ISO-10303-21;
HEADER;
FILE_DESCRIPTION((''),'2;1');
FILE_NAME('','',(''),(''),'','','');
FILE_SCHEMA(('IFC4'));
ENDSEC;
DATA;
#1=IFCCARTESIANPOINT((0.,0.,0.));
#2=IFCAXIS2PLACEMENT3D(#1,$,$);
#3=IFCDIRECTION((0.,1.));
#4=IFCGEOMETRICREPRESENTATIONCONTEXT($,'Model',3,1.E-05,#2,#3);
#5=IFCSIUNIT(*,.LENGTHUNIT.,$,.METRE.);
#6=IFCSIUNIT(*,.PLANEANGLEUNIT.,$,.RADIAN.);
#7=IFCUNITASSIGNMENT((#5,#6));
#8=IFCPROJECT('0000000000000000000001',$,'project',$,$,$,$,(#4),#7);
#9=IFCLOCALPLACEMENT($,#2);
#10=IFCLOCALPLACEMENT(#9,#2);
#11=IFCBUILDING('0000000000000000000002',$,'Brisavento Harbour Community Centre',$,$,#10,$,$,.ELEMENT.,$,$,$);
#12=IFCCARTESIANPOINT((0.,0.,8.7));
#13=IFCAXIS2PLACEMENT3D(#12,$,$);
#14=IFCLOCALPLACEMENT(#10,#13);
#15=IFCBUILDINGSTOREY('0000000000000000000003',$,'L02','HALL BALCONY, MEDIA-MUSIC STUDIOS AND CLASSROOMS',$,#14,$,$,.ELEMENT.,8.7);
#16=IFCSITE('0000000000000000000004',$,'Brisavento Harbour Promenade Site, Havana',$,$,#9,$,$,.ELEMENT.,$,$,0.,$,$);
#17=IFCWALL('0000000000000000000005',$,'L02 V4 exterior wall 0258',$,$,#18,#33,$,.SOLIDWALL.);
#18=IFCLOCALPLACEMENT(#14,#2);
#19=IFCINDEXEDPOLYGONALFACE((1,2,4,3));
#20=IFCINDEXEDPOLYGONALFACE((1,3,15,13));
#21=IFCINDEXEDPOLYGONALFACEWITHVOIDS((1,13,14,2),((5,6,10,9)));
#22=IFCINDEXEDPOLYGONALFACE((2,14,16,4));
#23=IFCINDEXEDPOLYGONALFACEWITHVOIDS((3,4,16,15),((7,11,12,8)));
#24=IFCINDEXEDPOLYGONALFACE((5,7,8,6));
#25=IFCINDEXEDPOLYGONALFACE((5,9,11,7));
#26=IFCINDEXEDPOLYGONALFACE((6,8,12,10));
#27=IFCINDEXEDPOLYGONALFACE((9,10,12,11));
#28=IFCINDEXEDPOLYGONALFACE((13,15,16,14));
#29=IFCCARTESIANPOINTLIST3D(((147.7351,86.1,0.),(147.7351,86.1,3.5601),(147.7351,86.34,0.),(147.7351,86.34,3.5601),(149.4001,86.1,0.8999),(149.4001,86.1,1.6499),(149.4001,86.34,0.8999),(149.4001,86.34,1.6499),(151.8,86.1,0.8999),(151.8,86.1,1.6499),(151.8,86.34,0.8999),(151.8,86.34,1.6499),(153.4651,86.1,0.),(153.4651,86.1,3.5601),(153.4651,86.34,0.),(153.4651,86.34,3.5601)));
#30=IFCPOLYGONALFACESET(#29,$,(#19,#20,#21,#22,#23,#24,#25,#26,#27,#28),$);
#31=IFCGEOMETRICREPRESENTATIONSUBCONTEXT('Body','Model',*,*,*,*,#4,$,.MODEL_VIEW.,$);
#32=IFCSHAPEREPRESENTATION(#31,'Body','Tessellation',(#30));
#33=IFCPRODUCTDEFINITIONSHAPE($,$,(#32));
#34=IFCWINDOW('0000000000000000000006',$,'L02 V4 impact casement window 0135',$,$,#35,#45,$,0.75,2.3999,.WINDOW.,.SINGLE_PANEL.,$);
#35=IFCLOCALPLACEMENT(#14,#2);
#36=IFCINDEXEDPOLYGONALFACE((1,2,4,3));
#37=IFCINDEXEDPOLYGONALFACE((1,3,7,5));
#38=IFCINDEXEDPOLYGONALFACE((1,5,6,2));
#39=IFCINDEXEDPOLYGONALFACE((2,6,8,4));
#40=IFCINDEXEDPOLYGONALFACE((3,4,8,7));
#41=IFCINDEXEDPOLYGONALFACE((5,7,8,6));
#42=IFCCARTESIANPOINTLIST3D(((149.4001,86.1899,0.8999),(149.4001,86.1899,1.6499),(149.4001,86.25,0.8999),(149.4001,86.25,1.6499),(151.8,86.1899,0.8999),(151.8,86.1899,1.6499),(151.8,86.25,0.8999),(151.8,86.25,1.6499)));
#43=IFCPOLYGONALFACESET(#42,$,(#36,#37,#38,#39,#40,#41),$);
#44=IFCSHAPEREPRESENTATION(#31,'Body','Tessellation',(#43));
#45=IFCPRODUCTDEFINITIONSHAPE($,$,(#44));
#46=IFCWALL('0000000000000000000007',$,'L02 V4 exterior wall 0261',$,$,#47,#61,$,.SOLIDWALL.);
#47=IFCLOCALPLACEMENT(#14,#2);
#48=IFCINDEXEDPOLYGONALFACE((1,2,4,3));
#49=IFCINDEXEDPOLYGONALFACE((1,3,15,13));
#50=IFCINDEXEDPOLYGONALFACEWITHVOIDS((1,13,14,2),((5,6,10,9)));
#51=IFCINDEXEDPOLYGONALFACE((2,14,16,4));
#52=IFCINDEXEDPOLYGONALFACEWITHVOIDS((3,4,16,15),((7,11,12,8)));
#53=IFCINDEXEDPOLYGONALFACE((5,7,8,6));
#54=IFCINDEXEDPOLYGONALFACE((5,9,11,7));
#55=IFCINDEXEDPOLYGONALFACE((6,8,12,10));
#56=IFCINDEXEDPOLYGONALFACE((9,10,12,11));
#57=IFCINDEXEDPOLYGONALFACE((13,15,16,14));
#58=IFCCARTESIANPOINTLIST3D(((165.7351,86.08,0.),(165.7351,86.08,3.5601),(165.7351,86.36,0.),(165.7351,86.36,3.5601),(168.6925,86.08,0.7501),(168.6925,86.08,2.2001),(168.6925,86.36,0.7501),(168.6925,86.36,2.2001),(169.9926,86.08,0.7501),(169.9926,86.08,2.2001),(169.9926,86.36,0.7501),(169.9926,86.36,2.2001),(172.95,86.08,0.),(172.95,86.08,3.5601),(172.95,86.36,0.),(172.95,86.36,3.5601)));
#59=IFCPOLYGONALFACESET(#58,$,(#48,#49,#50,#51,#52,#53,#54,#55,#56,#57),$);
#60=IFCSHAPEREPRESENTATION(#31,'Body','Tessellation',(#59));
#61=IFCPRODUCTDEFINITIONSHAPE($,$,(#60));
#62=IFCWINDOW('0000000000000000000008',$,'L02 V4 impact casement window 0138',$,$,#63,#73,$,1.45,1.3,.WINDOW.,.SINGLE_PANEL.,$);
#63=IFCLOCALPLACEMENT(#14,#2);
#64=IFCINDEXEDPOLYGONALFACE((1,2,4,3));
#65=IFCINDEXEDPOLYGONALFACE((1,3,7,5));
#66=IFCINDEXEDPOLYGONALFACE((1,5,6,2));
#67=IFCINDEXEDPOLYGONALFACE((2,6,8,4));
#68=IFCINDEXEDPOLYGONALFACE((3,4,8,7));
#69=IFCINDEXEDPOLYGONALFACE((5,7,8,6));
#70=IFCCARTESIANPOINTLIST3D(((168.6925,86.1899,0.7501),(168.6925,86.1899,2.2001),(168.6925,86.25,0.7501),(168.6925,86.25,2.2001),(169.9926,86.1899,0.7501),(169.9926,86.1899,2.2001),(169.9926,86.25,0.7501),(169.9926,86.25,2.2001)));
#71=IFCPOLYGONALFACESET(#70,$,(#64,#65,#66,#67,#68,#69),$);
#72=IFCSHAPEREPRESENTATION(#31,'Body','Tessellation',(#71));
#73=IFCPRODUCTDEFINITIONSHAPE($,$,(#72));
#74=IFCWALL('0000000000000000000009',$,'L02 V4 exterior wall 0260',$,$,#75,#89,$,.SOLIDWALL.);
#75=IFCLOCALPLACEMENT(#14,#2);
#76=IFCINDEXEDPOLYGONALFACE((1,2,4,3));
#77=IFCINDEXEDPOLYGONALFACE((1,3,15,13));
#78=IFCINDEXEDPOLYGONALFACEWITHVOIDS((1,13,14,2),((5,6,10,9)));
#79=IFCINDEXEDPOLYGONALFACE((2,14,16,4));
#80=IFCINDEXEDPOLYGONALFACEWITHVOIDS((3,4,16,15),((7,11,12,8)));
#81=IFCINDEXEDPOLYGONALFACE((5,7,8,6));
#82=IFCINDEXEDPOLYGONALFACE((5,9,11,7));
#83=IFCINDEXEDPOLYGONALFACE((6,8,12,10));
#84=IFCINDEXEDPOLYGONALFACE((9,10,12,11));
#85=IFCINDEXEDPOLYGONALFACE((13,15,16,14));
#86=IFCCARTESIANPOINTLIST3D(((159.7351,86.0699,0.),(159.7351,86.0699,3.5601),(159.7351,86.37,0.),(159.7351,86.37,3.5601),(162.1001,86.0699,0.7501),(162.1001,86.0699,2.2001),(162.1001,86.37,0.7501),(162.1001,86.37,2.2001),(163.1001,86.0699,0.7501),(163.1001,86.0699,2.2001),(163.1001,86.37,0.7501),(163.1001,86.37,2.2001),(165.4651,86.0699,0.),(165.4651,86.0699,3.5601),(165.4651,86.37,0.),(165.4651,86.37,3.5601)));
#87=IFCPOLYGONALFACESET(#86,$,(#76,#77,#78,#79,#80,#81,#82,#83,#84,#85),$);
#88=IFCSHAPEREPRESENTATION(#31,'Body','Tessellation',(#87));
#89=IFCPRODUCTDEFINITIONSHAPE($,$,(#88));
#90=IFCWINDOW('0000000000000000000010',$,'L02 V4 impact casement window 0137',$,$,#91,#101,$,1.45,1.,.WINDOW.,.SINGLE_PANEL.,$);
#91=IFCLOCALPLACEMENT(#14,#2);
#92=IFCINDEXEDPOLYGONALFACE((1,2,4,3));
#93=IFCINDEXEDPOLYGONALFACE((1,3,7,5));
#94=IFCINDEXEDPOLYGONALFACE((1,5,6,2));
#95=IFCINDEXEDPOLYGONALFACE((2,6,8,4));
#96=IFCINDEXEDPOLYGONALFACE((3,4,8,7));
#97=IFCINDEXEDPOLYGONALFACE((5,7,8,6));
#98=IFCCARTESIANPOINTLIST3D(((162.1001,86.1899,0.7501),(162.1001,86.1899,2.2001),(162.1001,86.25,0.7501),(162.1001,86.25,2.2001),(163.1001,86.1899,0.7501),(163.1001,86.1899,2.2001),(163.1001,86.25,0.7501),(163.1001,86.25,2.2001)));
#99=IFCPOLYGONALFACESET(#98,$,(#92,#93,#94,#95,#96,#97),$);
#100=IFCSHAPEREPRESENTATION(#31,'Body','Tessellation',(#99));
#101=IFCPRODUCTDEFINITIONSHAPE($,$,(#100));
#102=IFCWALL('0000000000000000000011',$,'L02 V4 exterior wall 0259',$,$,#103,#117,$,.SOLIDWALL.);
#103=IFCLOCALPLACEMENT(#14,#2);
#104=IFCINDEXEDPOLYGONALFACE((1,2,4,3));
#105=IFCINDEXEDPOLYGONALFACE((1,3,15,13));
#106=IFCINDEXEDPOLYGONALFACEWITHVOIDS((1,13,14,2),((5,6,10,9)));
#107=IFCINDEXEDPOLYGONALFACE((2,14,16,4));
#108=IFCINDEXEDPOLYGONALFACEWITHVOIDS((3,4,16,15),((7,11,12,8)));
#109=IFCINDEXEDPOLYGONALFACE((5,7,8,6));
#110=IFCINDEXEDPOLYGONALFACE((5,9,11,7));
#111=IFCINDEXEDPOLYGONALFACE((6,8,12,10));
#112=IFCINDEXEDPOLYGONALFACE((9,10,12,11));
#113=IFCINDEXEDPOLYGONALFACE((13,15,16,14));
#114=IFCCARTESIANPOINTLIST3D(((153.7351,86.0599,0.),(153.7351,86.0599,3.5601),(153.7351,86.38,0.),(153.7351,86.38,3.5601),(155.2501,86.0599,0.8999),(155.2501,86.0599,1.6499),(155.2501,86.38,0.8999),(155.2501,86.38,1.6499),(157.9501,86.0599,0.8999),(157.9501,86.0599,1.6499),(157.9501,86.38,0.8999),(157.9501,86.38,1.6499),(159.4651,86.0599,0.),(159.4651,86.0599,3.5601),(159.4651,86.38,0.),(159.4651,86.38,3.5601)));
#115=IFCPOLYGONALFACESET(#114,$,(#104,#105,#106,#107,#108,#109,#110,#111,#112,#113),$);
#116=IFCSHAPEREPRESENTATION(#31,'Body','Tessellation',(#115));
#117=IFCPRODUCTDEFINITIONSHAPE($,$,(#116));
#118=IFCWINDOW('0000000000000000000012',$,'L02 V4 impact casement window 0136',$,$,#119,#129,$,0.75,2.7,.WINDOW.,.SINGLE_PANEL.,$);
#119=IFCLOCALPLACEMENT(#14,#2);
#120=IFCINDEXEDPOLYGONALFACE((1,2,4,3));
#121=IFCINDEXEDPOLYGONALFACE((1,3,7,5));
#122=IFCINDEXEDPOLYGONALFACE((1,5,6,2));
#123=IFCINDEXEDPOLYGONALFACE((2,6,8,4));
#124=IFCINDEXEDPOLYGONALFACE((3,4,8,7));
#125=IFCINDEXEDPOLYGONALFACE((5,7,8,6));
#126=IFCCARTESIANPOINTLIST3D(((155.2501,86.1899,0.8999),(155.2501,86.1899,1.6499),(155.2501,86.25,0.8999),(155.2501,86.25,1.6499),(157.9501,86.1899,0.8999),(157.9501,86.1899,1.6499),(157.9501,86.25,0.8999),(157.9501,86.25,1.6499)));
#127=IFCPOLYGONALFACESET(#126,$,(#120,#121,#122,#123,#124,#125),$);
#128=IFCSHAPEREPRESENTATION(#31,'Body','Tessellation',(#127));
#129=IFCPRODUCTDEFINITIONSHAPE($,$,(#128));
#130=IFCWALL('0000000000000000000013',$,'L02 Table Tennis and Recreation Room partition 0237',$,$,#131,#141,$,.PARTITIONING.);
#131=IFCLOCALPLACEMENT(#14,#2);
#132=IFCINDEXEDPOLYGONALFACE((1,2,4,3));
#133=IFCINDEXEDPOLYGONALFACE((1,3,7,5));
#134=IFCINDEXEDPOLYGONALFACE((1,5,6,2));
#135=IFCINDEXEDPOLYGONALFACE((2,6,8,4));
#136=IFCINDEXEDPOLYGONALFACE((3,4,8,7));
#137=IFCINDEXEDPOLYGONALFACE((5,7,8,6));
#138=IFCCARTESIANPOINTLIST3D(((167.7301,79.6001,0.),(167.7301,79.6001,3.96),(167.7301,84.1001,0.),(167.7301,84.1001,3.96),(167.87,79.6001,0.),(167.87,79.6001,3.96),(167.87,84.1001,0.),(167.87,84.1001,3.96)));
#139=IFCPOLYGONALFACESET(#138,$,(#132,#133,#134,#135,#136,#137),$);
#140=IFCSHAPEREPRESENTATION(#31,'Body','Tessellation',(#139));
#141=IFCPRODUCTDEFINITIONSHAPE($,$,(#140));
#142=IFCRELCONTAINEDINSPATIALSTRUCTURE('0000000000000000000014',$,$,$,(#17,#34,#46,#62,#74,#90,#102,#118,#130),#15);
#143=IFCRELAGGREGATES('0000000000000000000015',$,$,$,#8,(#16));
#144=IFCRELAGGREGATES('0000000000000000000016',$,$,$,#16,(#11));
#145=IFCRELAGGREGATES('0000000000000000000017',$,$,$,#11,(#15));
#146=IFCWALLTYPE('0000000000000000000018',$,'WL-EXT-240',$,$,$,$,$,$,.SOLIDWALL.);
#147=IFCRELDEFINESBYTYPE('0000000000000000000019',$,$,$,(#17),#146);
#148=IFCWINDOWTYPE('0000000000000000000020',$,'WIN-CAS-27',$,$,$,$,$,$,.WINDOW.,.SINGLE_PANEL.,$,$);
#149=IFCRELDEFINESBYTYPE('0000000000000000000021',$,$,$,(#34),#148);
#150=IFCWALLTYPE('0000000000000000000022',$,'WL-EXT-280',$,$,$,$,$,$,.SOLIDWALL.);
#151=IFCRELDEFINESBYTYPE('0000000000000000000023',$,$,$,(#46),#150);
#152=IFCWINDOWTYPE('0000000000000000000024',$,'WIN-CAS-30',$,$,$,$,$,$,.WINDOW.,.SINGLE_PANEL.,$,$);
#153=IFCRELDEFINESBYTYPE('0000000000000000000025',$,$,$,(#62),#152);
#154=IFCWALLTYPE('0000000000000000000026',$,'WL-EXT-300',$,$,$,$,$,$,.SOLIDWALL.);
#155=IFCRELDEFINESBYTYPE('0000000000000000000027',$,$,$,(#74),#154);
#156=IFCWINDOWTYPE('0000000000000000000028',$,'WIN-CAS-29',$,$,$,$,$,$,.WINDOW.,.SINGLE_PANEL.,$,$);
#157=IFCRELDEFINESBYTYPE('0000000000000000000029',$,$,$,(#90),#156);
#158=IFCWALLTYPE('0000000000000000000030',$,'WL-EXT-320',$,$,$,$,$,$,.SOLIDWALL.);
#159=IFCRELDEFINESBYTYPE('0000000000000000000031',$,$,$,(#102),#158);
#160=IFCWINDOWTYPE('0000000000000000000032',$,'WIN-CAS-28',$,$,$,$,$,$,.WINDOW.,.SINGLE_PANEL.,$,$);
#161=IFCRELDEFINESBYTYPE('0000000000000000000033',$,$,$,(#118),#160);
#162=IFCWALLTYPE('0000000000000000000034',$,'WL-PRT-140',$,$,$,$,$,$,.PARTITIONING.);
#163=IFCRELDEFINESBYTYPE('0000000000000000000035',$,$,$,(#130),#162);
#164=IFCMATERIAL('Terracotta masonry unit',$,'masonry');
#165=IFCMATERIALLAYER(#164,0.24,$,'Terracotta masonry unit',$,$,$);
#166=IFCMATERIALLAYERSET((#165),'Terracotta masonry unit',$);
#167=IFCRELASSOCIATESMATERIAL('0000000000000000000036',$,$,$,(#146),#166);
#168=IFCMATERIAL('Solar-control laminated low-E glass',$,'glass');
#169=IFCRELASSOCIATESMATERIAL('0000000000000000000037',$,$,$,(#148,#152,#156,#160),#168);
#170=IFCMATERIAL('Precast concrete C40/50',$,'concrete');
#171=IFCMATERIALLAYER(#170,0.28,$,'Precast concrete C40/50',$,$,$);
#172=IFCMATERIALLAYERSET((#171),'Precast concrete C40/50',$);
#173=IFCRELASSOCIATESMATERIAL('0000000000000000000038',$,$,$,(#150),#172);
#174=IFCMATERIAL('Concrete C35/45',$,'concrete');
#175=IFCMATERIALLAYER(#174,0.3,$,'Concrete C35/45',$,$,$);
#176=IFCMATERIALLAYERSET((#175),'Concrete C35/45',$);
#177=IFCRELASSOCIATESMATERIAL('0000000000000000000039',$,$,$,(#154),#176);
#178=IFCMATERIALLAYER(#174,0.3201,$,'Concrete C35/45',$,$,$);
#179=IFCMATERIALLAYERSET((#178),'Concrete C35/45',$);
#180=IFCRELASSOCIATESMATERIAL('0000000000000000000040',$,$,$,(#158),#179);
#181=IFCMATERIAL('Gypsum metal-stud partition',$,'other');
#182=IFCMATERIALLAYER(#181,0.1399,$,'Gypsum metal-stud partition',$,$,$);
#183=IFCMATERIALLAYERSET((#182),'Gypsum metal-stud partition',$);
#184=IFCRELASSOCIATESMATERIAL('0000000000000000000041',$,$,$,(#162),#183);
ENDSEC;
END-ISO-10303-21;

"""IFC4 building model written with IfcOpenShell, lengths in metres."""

from ifc_helpers import new_model, si_unit, direction, frame, frame_2d, origin, place, context, subcontext, project, spatial, rectangle, extrude, material, layer, layer_set, type_object, element, fill, save


model = new_model("IFC4")

# Units and contexts
model_context = context("Model", 3, precision=1e-05, world=origin(), true_north=direction((0.0, 1.0)))
body_context = subcontext(model_context, "Body", "Model", "MODEL_VIEW")
ifc_project = project(units=[si_unit("LENGTHUNIT", "METRE"), si_unit("PLANEANGLEUNIT", "RADIAN")], contexts=[model_context])

# Site, building, storey
site_placement = place(None, origin())
site = spatial("IfcSite", under=ifc_project, at=site_placement, Name="Brisavento Harbour Promenade Site, Havana", CompositionType="ELEMENT", RefElevation=0.0)
building_placement = place(site_placement, origin())
building = spatial("IfcBuilding", under=site, at=building_placement, Name="Brisavento Harbour Community Centre", CompositionType="ELEMENT")
storey_placement = place(building_placement, frame((0.0, 0.0, 8.7)))
storey = spatial("IfcBuildingStorey", under=building, at=storey_placement, Name="L02", Description="HALL BALCONY, MEDIA-MUSIC STUDIOS AND CLASSROOMS", CompositionType="ELEMENT", Elevation=8.7)

# Walls, openings, windows
ifc_material_1 = material(Name="Terracotta masonry unit", Category="masonry")
ifc_layer_1 = layer(ifc_material_1, 0.24, Name="Terracotta masonry unit")
ifc_layer_set_1 = layer_set([ifc_layer_1], Name="Terracotta masonry unit")
wall_type_1 = type_object("IfcWallType", Name="WL-EXT-240", PredefinedType="SOLIDWALL", material=ifc_layer_set_1)
ifc_material_2 = material(Name="Solar-control laminated low-E glass", Category="glass")
wall_1_placement = place(storey_placement, frame((147.7351, 86.22, 0.0), z_axis=(0.0, 0.0, 1.0), x_axis=(1.0, 0.0, 0.0)))
wall_1 = element("IfcWall", 1, at=wall_1_placement, inside=storey, type_object=wall_type_1, Name="L02 V4 exterior wall 0258", PredefinedType="SOLIDWALL", context=body_context, shape_type="SweptSolid", body=[
    extrude(rectangle(XDim=5.73, YDim=0.24, at=frame_2d((2.865, 0.0))), origin(), (0.0, 0.0, 1.0), 3.5601),
])
opening_1_placement = place(wall_1_placement, frame((1.665, 0.0, 0.8999)))
opening_1 = element("IfcOpeningElement", 2, at=opening_1_placement, cuts=wall_1, PredefinedType="OPENING", context=body_context, shape_type="SweptSolid", body=[
    extrude(rectangle(XDim=2.3999, YDim=0.75, at=frame_2d((1.2, 0.375))), frame((0.0, 0.1299, 0.0), z_axis=(0.0, -1.0, 0.0), x_axis=(1.0, 0.0, 0.0)), (0.0, 0.0, 1.0), 0.26),
])
window_type_1 = type_object("IfcWindowType", Name="WIN-CAS-27", PartitioningType="SINGLE_PANEL", PredefinedType="WINDOW", material=ifc_material_2)
window_1_placement = place(opening_1_placement, origin())
window_1 = element("IfcWindow", 3, at=window_1_placement, inside=storey, type_object=window_type_1, Name="L02 V4 impact casement window 0135", OverallHeight=0.75, OverallWidth=2.3999, PartitioningType="SINGLE_PANEL", PredefinedType="WINDOW", context=body_context, shape_type="SweptSolid", body=[
    extrude(rectangle(XDim=2.3999, YDim=0.75, at=frame_2d((1.2, 0.375))), frame((0.0, 0.03, 0.0), z_axis=(0.0, -1.0, 0.0), x_axis=(1.0, 0.0, 0.0)), (0.0, 0.0, 1.0), 0.0601),
])
fill(opening_1, window_1)
ifc_material_3 = material(Name="Precast concrete C40/50", Category="concrete")
ifc_layer_2 = layer(ifc_material_3, 0.28, Name="Precast concrete C40/50")
ifc_layer_set_2 = layer_set([ifc_layer_2], Name="Precast concrete C40/50")
wall_type_2 = type_object("IfcWallType", Name="WL-EXT-280", PredefinedType="SOLIDWALL", material=ifc_layer_set_2)
wall_2_placement = place(storey_placement, frame((165.7351, 86.22, 0.0), z_axis=(0.0, 0.0, 1.0), x_axis=(1.0, 0.0, 0.0)))
wall_2 = element("IfcWall", 4, at=wall_2_placement, inside=storey, type_object=wall_type_2, Name="L02 V4 exterior wall 0261", PredefinedType="SOLIDWALL", context=body_context, shape_type="SweptSolid", body=[
    extrude(rectangle(XDim=7.2148, YDim=0.28, at=frame_2d((3.6074, 0.0))), origin(), (0.0, 0.0, 1.0), 3.5601),
])
opening_2_placement = place(wall_2_placement, frame((2.9575, 0.0, 0.75)))
opening_2 = element("IfcOpeningElement", 5, at=opening_2_placement, cuts=wall_2, PredefinedType="OPENING", context=body_context, shape_type="SweptSolid", body=[
    extrude(rectangle(XDim=1.3, YDim=1.45, at=frame_2d((0.6499, 0.7251))), frame((0.0, 0.1499, 0.0), z_axis=(0.0, -1.0, 0.0), x_axis=(1.0, 0.0, 0.0)), (0.0, 0.0, 1.0), 0.3),
])
window_type_2 = type_object("IfcWindowType", Name="WIN-CAS-30", PartitioningType="SINGLE_PANEL", PredefinedType="WINDOW", material=ifc_material_2)
window_2_placement = place(opening_2_placement, origin())
window_2 = element("IfcWindow", 6, at=window_2_placement, inside=storey, type_object=window_type_2, Name="L02 V4 impact casement window 0138", OverallHeight=1.45, OverallWidth=1.3, PartitioningType="SINGLE_PANEL", PredefinedType="WINDOW", context=body_context, shape_type="SweptSolid", body=[
    extrude(rectangle(XDim=1.3, YDim=1.45, at=frame_2d((0.6499, 0.7251))), frame((0.0, 0.03, 0.0), z_axis=(0.0, -1.0, 0.0), x_axis=(1.0, 0.0, 0.0)), (0.0, 0.0, 1.0), 0.0601),
])
fill(opening_2, window_2)
ifc_material_4 = material(Name="Concrete C35/45", Category="concrete")
ifc_layer_3 = layer(ifc_material_4, 0.3, Name="Concrete C35/45")
ifc_layer_set_3 = layer_set([ifc_layer_3], Name="Concrete C35/45")
wall_type_3 = type_object("IfcWallType", Name="WL-EXT-300", PredefinedType="SOLIDWALL", material=ifc_layer_set_3)
wall_3_placement = place(storey_placement, frame((159.7351, 86.22, 0.0), z_axis=(0.0, 0.0, 1.0), x_axis=(1.0, 0.0, 0.0)))
wall_3 = element("IfcWall", 7, at=wall_3_placement, inside=storey, type_object=wall_type_3, Name="L02 V4 exterior wall 0260", PredefinedType="SOLIDWALL", context=body_context, shape_type="SweptSolid", body=[
    extrude(rectangle(XDim=5.73, YDim=0.3, at=frame_2d((2.865, 0.0))), origin(), (0.0, 0.0, 1.0), 3.5601),
])
opening_3_placement = place(wall_3_placement, frame((2.365, 0.0, 0.75)))
opening_3 = element("IfcOpeningElement", 8, at=opening_3_placement, cuts=wall_3, PredefinedType="OPENING", context=body_context, shape_type="SweptSolid", body=[
    extrude(rectangle(XDim=1.0, YDim=1.45, at=frame_2d((0.5, 0.7251))), frame((0.0, 0.1602, 0.0), z_axis=(0.0, -1.0, 0.0), x_axis=(1.0, 0.0, 0.0)), (0.0, 0.0, 1.0), 0.3201),
])
window_type_3 = type_object("IfcWindowType", Name="WIN-CAS-29", PartitioningType="SINGLE_PANEL", PredefinedType="WINDOW", material=ifc_material_2)
window_3_placement = place(opening_3_placement, origin())
window_3 = element("IfcWindow", 9, at=window_3_placement, inside=storey, type_object=window_type_3, Name="L02 V4 impact casement window 0137", OverallHeight=1.45, OverallWidth=1.0, PartitioningType="SINGLE_PANEL", PredefinedType="WINDOW", context=body_context, shape_type="SweptSolid", body=[
    extrude(rectangle(XDim=1.0, YDim=1.45, at=frame_2d((0.5, 0.7251))), frame((0.0, 0.03, 0.0), z_axis=(0.0, -1.0, 0.0), x_axis=(1.0, 0.0, 0.0)), (0.0, 0.0, 1.0), 0.0601),
])
fill(opening_3, window_3)
ifc_layer_4 = layer(ifc_material_4, 0.3201, Name="Concrete C35/45")
ifc_layer_set_4 = layer_set([ifc_layer_4], Name="Concrete C35/45")
wall_type_4 = type_object("IfcWallType", Name="WL-EXT-320", PredefinedType="SOLIDWALL", material=ifc_layer_set_4)
wall_4_placement = place(storey_placement, frame((153.7351, 86.22, 0.0), z_axis=(0.0, 0.0, 1.0), x_axis=(1.0, 0.0, 0.0)))
wall_4 = element("IfcWall", 10, at=wall_4_placement, inside=storey, type_object=wall_type_4, Name="L02 V4 exterior wall 0259", PredefinedType="SOLIDWALL", context=body_context, shape_type="SweptSolid", body=[
    extrude(rectangle(XDim=5.73, YDim=0.3201, at=frame_2d((2.865, 0.0))), origin(), (0.0, 0.0, 1.0), 3.5601),
])
opening_4_placement = place(wall_4_placement, frame((1.5149, 0.0, 0.8999)))
opening_4 = element("IfcOpeningElement", 11, at=opening_4_placement, cuts=wall_4, PredefinedType="OPENING", context=body_context, shape_type="SweptSolid", body=[
    extrude(rectangle(XDim=2.7, YDim=0.75, at=frame_2d((1.3501, 0.375))), frame((0.0, 0.1699, 0.0), z_axis=(0.0, -1.0, 0.0), x_axis=(1.0, 0.0, 0.0)), (0.0, 0.0, 1.0), 0.3401),
])
window_type_4 = type_object("IfcWindowType", Name="WIN-CAS-28", PartitioningType="SINGLE_PANEL", PredefinedType="WINDOW", material=ifc_material_2)
window_4_placement = place(opening_4_placement, origin())
window_4 = element("IfcWindow", 12, at=window_4_placement, inside=storey, type_object=window_type_4, Name="L02 V4 impact casement window 0136", OverallHeight=0.75, OverallWidth=2.7, PartitioningType="SINGLE_PANEL", PredefinedType="WINDOW", context=body_context, shape_type="SweptSolid", body=[
    extrude(rectangle(XDim=2.7, YDim=0.75, at=frame_2d((1.3501, 0.375))), frame((0.0, 0.03, 0.0), z_axis=(0.0, -1.0, 0.0), x_axis=(1.0, 0.0, 0.0)), (0.0, 0.0, 1.0), 0.0601),
])
fill(opening_4, window_4)

# Wall
ifc_material_5 = material(Name="Gypsum metal-stud partition", Category="other")
ifc_layer_5 = layer(ifc_material_5, 0.1399, Name="Gypsum metal-stud partition")
ifc_layer_set_5 = layer_set([ifc_layer_5], Name="Gypsum metal-stud partition")
wall_type_5 = type_object("IfcWallType", Name="WL-PRT-140", PredefinedType="PARTITIONING", material=ifc_layer_set_5)
wall_5_placement = place(storey_placement, frame((167.8, 84.1001, 0.0), z_axis=(0.0, 0.0, 1.0), x_axis=(0.0, -1.0, 0.0)))
element("IfcWall", 13, at=wall_5_placement, inside=storey, type_object=wall_type_5, Name="L02 Table Tennis and Recreation Room partition 0237", PredefinedType="PARTITIONING", context=body_context, shape_type="SweptSolid", body=[
    extrude(rectangle(XDim=4.5, YDim=0.1399, at=frame_2d((2.25, 0.0))), origin(), (0.0, 0.0, 1.0), 3.96),
])

save(model, "model.ifc")
